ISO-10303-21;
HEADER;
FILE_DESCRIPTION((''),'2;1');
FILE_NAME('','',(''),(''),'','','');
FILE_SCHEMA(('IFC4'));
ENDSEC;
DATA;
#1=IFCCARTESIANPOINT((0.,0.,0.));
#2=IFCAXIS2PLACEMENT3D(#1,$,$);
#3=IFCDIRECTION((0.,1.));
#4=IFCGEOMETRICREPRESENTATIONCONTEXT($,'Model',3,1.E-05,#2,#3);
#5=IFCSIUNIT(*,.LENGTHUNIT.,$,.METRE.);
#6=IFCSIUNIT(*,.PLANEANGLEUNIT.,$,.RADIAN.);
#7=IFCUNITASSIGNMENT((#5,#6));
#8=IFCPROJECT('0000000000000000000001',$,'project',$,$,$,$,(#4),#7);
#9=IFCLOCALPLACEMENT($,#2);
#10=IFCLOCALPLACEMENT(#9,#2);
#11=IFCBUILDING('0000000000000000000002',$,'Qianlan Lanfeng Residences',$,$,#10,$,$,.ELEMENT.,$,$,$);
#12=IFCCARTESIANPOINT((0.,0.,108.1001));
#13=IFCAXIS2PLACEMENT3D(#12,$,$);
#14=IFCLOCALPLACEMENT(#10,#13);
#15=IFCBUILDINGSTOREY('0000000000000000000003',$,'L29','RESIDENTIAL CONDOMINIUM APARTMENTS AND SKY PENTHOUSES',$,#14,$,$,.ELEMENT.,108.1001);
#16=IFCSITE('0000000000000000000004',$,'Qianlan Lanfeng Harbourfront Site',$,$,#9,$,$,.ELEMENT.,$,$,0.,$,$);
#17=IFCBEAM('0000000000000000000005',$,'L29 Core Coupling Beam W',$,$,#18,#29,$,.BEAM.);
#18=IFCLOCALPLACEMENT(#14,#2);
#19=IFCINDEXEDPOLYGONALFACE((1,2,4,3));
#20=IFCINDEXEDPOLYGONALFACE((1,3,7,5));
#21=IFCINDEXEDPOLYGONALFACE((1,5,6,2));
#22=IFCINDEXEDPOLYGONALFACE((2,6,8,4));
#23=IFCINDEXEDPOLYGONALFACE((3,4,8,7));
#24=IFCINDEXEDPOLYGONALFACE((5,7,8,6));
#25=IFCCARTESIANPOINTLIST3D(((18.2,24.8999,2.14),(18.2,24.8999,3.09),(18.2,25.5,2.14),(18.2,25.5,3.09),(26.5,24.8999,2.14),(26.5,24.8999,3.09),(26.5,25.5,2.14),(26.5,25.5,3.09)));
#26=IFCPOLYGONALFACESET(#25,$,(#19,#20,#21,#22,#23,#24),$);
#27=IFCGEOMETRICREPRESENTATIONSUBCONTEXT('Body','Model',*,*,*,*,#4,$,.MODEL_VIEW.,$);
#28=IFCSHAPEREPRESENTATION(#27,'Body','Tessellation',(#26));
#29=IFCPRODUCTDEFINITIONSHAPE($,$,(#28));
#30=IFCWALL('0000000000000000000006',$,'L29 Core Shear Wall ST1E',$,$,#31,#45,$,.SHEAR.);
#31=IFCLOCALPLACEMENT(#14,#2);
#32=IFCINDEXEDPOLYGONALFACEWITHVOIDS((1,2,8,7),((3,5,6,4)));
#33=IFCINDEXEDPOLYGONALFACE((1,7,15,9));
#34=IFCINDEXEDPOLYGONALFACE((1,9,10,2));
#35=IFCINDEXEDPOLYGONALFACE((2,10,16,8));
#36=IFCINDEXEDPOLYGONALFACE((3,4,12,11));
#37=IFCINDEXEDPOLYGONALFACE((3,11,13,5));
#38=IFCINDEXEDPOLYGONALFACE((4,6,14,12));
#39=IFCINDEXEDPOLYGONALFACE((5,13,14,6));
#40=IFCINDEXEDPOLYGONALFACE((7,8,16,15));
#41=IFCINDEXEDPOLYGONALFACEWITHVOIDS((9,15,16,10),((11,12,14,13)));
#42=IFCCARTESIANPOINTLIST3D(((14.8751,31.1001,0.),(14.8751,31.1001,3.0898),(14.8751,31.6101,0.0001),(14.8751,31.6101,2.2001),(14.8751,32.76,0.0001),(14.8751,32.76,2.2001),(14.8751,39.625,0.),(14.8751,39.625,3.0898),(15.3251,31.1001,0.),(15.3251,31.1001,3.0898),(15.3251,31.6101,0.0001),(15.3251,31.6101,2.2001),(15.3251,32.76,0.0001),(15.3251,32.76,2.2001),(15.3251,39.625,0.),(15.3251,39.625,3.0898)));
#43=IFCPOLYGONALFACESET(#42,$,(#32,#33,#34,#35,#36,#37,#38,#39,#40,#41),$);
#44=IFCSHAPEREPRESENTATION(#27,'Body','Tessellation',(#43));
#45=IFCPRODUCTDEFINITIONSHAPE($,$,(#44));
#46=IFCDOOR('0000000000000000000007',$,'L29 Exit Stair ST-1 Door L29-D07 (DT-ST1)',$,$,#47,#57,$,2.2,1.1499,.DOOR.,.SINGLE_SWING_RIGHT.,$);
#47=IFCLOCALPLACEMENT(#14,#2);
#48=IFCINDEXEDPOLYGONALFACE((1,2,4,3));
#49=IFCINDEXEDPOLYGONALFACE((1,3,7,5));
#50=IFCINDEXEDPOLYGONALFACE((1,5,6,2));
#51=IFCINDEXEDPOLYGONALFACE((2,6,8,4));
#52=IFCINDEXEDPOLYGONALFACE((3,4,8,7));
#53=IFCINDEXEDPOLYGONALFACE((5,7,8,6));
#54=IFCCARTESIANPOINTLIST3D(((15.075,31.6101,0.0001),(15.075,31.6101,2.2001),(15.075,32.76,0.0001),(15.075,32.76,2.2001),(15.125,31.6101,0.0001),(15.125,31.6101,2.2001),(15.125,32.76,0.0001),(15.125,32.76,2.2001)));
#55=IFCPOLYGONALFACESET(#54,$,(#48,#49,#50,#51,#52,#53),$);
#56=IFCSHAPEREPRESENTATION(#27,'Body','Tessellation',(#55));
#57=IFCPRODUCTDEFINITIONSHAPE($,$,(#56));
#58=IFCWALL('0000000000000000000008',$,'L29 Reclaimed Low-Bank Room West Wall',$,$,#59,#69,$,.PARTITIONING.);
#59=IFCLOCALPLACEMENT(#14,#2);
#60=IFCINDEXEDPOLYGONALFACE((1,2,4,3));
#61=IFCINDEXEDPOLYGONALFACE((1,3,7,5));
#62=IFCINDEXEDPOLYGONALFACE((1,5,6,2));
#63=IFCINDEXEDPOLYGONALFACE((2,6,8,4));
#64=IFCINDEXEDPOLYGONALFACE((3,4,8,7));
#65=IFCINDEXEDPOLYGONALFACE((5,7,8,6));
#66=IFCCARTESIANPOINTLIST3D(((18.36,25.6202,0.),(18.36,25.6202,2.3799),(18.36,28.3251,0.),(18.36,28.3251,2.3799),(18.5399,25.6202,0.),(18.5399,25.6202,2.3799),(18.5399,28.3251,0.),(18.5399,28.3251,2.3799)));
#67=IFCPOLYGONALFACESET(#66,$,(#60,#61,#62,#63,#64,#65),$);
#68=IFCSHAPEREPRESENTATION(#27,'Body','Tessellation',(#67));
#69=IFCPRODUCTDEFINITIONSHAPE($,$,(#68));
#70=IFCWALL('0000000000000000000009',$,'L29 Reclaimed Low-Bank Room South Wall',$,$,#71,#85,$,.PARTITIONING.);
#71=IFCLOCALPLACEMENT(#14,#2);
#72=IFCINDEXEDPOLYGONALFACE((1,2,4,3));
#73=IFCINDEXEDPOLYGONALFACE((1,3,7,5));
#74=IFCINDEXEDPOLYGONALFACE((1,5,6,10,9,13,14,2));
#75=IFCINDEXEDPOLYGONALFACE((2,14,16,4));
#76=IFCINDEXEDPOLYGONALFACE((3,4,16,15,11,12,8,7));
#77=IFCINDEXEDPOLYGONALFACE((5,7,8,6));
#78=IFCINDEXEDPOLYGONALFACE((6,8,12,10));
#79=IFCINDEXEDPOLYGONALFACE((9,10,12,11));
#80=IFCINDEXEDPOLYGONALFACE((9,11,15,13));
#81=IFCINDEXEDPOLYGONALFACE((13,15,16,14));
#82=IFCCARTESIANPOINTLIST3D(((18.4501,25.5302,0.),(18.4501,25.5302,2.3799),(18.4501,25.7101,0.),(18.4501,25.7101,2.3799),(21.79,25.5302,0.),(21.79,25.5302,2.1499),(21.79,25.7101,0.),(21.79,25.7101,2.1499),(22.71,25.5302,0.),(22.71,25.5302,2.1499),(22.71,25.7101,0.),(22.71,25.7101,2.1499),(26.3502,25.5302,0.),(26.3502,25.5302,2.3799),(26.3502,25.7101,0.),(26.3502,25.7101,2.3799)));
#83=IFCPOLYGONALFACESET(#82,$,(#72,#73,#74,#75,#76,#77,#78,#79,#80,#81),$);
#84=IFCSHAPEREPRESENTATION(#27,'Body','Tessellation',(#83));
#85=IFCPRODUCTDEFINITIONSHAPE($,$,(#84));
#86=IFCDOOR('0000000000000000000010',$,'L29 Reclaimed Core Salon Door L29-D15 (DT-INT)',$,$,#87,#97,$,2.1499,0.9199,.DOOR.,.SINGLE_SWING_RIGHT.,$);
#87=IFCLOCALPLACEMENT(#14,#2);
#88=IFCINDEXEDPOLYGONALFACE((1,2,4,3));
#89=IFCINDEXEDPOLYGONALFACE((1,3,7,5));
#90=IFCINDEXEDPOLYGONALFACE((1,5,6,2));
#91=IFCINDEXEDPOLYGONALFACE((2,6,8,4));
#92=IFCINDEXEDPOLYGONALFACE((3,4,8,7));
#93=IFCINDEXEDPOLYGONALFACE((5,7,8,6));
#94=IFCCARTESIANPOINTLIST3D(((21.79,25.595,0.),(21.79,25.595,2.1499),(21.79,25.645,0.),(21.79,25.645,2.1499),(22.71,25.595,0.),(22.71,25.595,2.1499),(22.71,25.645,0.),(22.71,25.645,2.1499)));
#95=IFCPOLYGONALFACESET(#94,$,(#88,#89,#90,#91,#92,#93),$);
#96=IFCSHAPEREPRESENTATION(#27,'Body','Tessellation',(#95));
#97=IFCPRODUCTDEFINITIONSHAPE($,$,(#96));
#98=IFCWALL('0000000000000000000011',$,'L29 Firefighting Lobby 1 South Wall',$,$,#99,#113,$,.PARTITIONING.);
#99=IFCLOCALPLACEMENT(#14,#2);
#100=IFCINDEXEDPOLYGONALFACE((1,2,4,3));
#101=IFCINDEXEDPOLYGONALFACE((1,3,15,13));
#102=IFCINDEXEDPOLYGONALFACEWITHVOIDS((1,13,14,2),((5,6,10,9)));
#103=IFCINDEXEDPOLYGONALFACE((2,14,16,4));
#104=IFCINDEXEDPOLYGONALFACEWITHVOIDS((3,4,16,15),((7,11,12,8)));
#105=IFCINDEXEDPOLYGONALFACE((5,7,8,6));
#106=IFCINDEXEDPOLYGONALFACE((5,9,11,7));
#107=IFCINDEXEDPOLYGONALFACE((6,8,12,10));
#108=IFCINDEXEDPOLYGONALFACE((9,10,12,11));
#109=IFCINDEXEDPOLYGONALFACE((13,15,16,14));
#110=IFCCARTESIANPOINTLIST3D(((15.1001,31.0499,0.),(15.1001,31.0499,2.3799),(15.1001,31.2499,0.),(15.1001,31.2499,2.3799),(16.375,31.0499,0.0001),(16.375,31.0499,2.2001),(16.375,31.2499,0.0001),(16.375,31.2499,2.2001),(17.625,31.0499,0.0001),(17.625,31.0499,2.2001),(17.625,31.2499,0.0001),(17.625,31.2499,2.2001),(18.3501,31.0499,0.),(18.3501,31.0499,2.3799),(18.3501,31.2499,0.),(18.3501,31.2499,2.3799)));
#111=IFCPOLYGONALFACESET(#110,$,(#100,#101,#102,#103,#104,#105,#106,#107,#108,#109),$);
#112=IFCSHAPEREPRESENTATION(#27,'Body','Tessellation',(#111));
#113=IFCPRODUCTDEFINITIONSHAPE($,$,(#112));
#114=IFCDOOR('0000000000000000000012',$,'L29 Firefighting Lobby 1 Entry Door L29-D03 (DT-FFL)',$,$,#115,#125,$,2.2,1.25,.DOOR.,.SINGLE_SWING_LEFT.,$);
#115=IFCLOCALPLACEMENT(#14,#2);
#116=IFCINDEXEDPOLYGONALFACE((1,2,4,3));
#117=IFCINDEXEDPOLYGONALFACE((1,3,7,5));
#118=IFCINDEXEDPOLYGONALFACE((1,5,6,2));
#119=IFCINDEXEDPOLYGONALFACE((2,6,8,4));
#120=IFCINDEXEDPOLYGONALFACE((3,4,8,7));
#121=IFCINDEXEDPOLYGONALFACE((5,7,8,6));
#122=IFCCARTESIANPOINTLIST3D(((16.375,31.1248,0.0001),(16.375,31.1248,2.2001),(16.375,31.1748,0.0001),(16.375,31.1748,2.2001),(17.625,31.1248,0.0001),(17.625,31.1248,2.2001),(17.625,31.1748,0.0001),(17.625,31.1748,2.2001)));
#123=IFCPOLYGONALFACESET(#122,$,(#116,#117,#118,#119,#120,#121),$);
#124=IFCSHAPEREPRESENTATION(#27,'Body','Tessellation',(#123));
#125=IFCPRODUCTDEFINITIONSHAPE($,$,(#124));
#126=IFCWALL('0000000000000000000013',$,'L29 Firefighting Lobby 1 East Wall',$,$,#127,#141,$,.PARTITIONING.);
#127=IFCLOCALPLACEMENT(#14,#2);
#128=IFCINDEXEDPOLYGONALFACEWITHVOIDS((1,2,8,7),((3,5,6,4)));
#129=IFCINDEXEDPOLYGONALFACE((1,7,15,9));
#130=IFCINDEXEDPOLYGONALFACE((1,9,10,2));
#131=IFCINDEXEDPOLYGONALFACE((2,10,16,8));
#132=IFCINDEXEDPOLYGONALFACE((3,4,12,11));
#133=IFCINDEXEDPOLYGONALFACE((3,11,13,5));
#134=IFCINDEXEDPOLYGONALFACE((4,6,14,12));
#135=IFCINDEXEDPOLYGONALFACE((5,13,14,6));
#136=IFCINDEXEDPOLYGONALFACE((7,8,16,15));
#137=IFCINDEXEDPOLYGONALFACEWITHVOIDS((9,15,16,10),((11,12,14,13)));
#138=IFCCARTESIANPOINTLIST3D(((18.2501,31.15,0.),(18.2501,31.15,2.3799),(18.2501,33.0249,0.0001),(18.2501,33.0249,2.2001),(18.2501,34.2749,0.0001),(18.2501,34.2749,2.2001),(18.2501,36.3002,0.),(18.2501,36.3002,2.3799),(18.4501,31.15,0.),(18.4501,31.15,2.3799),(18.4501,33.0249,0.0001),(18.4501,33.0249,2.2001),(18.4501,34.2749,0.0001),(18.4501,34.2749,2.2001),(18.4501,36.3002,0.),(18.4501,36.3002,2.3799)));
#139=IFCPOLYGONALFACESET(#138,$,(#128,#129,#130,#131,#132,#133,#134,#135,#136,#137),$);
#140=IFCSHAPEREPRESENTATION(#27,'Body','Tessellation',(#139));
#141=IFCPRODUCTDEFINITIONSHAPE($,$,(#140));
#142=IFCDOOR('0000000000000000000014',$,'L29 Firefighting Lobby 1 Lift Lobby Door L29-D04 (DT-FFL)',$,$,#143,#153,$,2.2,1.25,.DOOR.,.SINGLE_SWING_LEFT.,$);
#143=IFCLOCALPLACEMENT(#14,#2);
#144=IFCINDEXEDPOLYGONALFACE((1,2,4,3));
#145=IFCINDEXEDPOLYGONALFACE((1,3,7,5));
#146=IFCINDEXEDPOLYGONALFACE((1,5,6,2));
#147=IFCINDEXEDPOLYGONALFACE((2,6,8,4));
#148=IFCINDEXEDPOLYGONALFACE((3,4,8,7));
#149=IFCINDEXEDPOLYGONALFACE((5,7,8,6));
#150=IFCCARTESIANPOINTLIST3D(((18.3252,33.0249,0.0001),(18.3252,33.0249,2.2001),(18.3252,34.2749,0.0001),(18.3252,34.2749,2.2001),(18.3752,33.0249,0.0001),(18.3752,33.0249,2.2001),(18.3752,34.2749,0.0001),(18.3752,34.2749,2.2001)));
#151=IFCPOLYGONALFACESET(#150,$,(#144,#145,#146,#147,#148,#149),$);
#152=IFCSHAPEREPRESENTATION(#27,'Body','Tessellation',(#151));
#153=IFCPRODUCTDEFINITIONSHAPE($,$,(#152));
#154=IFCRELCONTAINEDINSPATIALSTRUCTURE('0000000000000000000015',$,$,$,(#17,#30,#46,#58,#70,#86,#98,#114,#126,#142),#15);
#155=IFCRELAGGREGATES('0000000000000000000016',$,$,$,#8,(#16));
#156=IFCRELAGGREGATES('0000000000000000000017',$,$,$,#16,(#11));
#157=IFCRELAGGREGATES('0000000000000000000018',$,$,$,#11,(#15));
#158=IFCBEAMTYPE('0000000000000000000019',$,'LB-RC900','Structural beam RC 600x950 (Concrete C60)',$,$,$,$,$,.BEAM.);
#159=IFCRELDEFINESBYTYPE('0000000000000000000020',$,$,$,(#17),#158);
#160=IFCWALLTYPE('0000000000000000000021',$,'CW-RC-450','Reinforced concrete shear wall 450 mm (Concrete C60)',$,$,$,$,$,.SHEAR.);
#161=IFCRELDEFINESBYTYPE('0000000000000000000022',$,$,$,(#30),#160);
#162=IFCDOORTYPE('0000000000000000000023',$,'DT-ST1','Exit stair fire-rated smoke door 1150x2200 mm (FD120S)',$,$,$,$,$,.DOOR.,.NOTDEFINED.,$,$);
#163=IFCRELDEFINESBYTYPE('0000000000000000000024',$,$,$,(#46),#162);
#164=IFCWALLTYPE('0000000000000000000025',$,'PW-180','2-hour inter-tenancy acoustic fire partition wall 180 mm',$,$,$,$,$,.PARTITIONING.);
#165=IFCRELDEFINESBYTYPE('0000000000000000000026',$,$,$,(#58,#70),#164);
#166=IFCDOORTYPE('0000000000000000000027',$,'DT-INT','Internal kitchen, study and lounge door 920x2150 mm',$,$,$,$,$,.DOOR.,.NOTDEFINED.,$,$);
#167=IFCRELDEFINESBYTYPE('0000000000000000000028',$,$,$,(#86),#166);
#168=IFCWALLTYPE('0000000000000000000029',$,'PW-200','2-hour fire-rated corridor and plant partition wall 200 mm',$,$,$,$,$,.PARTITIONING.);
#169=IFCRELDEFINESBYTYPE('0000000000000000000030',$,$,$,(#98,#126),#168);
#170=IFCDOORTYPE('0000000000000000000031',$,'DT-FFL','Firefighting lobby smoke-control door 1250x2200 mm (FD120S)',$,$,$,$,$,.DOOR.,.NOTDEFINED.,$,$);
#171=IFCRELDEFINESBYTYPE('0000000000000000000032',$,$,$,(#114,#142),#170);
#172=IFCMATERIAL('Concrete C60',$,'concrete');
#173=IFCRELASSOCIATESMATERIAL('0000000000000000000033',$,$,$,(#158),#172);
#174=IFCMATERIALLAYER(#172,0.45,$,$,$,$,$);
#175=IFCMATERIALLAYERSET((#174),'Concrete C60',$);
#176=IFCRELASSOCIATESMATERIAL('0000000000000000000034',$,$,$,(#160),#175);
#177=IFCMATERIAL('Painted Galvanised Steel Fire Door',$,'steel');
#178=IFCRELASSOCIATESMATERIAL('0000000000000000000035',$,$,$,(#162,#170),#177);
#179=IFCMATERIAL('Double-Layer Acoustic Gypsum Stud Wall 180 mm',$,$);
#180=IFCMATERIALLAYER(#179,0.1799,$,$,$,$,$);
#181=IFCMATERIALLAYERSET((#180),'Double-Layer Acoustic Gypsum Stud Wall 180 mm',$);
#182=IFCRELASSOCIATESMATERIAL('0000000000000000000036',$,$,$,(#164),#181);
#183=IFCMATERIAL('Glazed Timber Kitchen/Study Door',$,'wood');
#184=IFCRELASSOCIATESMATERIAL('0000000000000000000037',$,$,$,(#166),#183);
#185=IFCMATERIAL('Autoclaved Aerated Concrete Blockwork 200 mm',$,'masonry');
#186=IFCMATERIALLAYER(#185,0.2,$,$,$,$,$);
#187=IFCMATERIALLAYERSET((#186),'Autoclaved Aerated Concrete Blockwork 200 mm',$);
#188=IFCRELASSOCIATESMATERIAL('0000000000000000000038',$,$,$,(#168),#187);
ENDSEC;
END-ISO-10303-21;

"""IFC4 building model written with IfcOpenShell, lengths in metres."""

from ifc_helpers import new_model, si_unit, direction, frame, frame_2d, origin, origin_2d, place, context, subcontext, project, spatial, rectangle, extrude, material, layer, layer_set, material_profile, profile_set, type_object, element, fill, save


model = new_model("IFC4")

# Units and contexts
model_context = context("Model", 3, precision=1e-05, world=origin(), true_north=direction((0.0, 1.0)))
body_context = subcontext(model_context, "Body", "Model", "MODEL_VIEW")
ifc_project = project(units=[si_unit("LENGTHUNIT", "METRE"), si_unit("PLANEANGLEUNIT", "RADIAN")], contexts=[model_context])

# Site, building, storey
site_placement = place(None, origin())
site = spatial("IfcSite", under=ifc_project, at=site_placement, Name="Qianlan Lanfeng Harbourfront Site", CompositionType="ELEMENT", RefElevation=0.0)
building_placement = place(site_placement, origin())
building = spatial("IfcBuilding", under=site, at=building_placement, Name="Qianlan Lanfeng Residences", CompositionType="ELEMENT")
storey_placement = place(building_placement, frame((0.0, 0.0, 108.1001)))
storey = spatial("IfcBuildingStorey", under=building, at=storey_placement, Name="L29", Description="RESIDENTIAL CONDOMINIUM APARTMENTS AND SKY PENTHOUSES", CompositionType="ELEMENT", Elevation=108.1001)

# Beam
ifc_material_1 = material(Name="Concrete C60", Category="concrete")
ifc_material_profile = material_profile(ifc_material_1, rectangle(XDim=0.6001, YDim=0.95, at=origin_2d()), Name="RC 600x950")
ifc_profile_set = profile_set([ifc_material_profile], Name="Concrete C60")
beam_type = type_object("IfcBeamType", Name="LB-RC900", Description="Structural beam RC 600x950 (Concrete C60)", PredefinedType="BEAM", material=ifc_profile_set)
beam_placement = place(storey_placement, frame((18.2, 25.2, 2.615), z_axis=(1.0, 0.0, 0.0), x_axis=(0.0, 1.0, 0.0)))
element("IfcBeam", 1, at=beam_placement, inside=storey, type_object=beam_type, Name="L29 Core Coupling Beam W", PredefinedType="BEAM", context=body_context, shape_type="SweptSolid", body=[
    extrude(rectangle(XDim=0.6001, YDim=0.95, at=origin_2d()), origin(), (0.0, 0.0, 1.0), 8.3),
])

# Wall, opening, door
ifc_layer_1 = layer(ifc_material_1, 0.45)
ifc_layer_set_1 = layer_set([ifc_layer_1], Name="Concrete C60")
wall_type_1 = type_object("IfcWallType", Name="CW-RC-450", Description="Reinforced concrete shear wall 450 mm (Concrete C60)", PredefinedType="SHEAR", material=ifc_layer_set_1)
wall_1_placement = place(storey_placement, frame((15.1001, 31.1001, 0.0), z_axis=(0.0, 0.0, 1.0), x_axis=(0.0, 1.0, 0.0)))
wall_1 = element("IfcWall", 2, at=wall_1_placement, inside=storey, type_object=wall_type_1, Name="L29 Core Shear Wall ST1E", PredefinedType="SHEAR", context=body_context, shape_type="SweptSolid", body=[
    extrude(rectangle(XDim=8.5249, YDim=0.45, at=frame_2d((4.2625, 0.0))), origin(), (0.0, 0.0, 1.0), 3.0898),
])
opening_1_placement = place(wall_1_placement, frame((0.51, 0.0, 0.0)))
opening_1 = element("IfcOpeningElement", 3, at=opening_1_placement, cuts=wall_1, PredefinedType="OPENING", context=body_context, shape_type="SweptSolid", body=[
    extrude(rectangle(XDim=1.1499, YDim=2.2, at=frame_2d((0.575, 1.1001))), frame((0.0, 0.2349, 0.0), z_axis=(0.0, -1.0, 0.0), x_axis=(1.0, 0.0, 0.0)), (0.0, 0.0, 1.0), 0.47),
])
ifc_material_2 = material(Name="Painted Galvanised Steel Fire Door", Category="steel")
door_type_1 = type_object("IfcDoorType", Name="DT-ST1", Description="Exit stair fire-rated smoke door 1150x2200 mm (FD120S)", OperationType="NOTDEFINED", PredefinedType="DOOR", material=ifc_material_2)
door_1_placement = place(opening_1_placement, frame((1.1499, 0.0, 0.0), z_axis=(0.0, 0.0, 1.0), x_axis=(-1.0, 0.0, 0.0)))
door_1 = element("IfcDoor", 4, at=door_1_placement, inside=storey, type_object=door_type_1, Name="L29 Exit Stair ST-1 Door L29-D07 (DT-ST1)", OperationType="SINGLE_SWING_RIGHT", OverallHeight=2.2, OverallWidth=1.1499, PredefinedType="DOOR", context=body_context, shape_type="SweptSolid", body=[
    extrude(rectangle(XDim=1.1499, YDim=2.2, at=frame_2d((0.575, 1.1001))), frame((0.0, 0.0249, 0.0), z_axis=(0.0, -1.0, 0.0), x_axis=(1.0, 0.0, 0.0)), (0.0, 0.0, 1.0), 0.05),
])
fill(opening_1, door_1)

# Shared definitions
ifc_material_3 = material(Name="Double-Layer Acoustic Gypsum Stud Wall 180 mm")
ifc_layer_2 = layer(ifc_material_3, 0.1799)
ifc_layer_set_2 = layer_set([ifc_layer_2], Name="Double-Layer Acoustic Gypsum Stud Wall 180 mm")
wall_type_2 = type_object("IfcWallType", Name="PW-180", Description="2-hour inter-tenancy acoustic fire partition wall 180 mm", PredefinedType="PARTITIONING", material=ifc_layer_set_2)
ifc_material_4 = material(Name="Glazed Timber Kitchen/Study Door", Category="wood")
door_type_2 = type_object("IfcDoorType", Name="DT-INT", Description="Internal kitchen, study and lounge door 920x2150 mm", OperationType="NOTDEFINED", PredefinedType="DOOR", material=ifc_material_4)

# Wall
wall_2_placement = place(storey_placement, frame((18.45, 25.6201, 0.0), z_axis=(0.0, 0.0, 1.0), x_axis=(0.0, 1.0, 0.0)))
element("IfcWall", 5, at=wall_2_placement, inside=storey, type_object=wall_type_2, Name="L29 Reclaimed Low-Bank Room West Wall", PredefinedType="PARTITIONING", context=body_context, shape_type="SweptSolid", body=[
    extrude(rectangle(XDim=2.7048, YDim=0.1799, at=frame_2d((1.3525, 0.0))), origin(), (0.0, 0.0, 1.0), 2.3799),
])

# Walls, openings, doors
wall_3_placement = place(storey_placement, frame((18.45, 25.6201, 0.0), z_axis=(0.0, 0.0, 1.0), x_axis=(1.0, 0.0, 0.0)))
wall_3 = element("IfcWall", 6, at=wall_3_placement, inside=storey, type_object=wall_type_2, Name="L29 Reclaimed Low-Bank Room South Wall", PredefinedType="PARTITIONING", context=body_context, shape_type="SweptSolid", body=[
    extrude(rectangle(XDim=7.9001, YDim=0.1799, at=frame_2d((3.9502, 0.0))), origin(), (0.0, 0.0, 1.0), 2.3799),
])
opening_2_placement = place(wall_3_placement, frame((3.3401, 0.0, 0.0)))
opening_2 = element("IfcOpeningElement", 7, at=opening_2_placement, cuts=wall_3, PredefinedType="OPENING", context=body_context, shape_type="SweptSolid", body=[
    extrude(rectangle(XDim=0.9199, YDim=2.1499, at=frame_2d((0.46, 1.075))), frame((0.0, 0.1001, 0.0), z_axis=(0.0, -1.0, 0.0), x_axis=(1.0, 0.0, 0.0)), (0.0, 0.0, 1.0), 0.2),
])
door_2_placement = place(opening_2_placement, origin())
door_2 = element("IfcDoor", 8, at=door_2_placement, inside=storey, type_object=door_type_2, Name="L29 Reclaimed Core Salon Door L29-D15 (DT-INT)", OperationType="SINGLE_SWING_RIGHT", OverallHeight=2.1499, OverallWidth=0.9199, PredefinedType="DOOR", context=body_context, shape_type="SweptSolid", body=[
    extrude(rectangle(XDim=0.9199, YDim=2.1499, at=frame_2d((0.46, 1.075))), frame((0.0, 0.0249, 0.0), z_axis=(0.0, -1.0, 0.0), x_axis=(1.0, 0.0, 0.0)), (0.0, 0.0, 1.0), 0.05),
])
fill(opening_2, door_2)
ifc_material_5 = material(Name="Autoclaved Aerated Concrete Blockwork 200 mm", Category="masonry")
ifc_layer_3 = layer(ifc_material_5, 0.2)
ifc_layer_set_3 = layer_set([ifc_layer_3], Name="Autoclaved Aerated Concrete Blockwork 200 mm")
wall_type_3 = type_object("IfcWallType", Name="PW-200", Description="2-hour fire-rated corridor and plant partition wall 200 mm", PredefinedType="PARTITIONING", material=ifc_layer_set_3)
wall_4_placement = place(storey_placement, frame((15.1001, 31.1499, 0.0), z_axis=(0.0, 0.0, 1.0), x_axis=(1.0, 0.0, 0.0)))
wall_4 = element("IfcWall", 9, at=wall_4_placement, inside=storey, type_object=wall_type_3, Name="L29 Firefighting Lobby 1 South Wall", PredefinedType="PARTITIONING", context=body_context, shape_type="SweptSolid", body=[
    extrude(rectangle(XDim=3.25, YDim=0.2, at=frame_2d((1.625, 0.0))), origin(), (0.0, 0.0, 1.0), 2.3799),
])
opening_3_placement = place(wall_4_placement, frame((1.2749, 0.0, 0.0)))
opening_3 = element("IfcOpeningElement", 10, at=opening_3_placement, cuts=wall_4, PredefinedType="OPENING", context=body_context, shape_type="SweptSolid", body=[
    extrude(rectangle(XDim=1.25, YDim=2.2, at=frame_2d((0.625, 1.1001))), frame((0.0, 0.1099, 0.0), z_axis=(0.0, -1.0, 0.0), x_axis=(1.0, 0.0, 0.0)), (0.0, 0.0, 1.0), 0.22),
])
door_type_3 = type_object("IfcDoorType", Name="DT-FFL", Description="Firefighting lobby smoke-control door 1250x2200 mm (FD120S)", OperationType="NOTDEFINED", PredefinedType="DOOR", material=ifc_material_2)
door_3_placement = place(opening_3_placement, origin())
door_3 = element("IfcDoor", 11, at=door_3_placement, inside=storey, type_object=door_type_3, Name="L29 Firefighting Lobby 1 Entry Door L29-D03 (DT-FFL)", OperationType="SINGLE_SWING_LEFT", OverallHeight=2.2, OverallWidth=1.25, PredefinedType="DOOR", context=body_context, shape_type="SweptSolid", body=[
    extrude(rectangle(XDim=1.25, YDim=2.2, at=frame_2d((0.625, 1.1001))), frame((0.0, 0.0249, 0.0), z_axis=(0.0, -1.0, 0.0), x_axis=(1.0, 0.0, 0.0)), (0.0, 0.0, 1.0), 0.05),
])
fill(opening_3, door_3)
wall_5_placement = place(storey_placement, frame((18.3501, 31.1499, 0.0), z_axis=(0.0, 0.0, 1.0), x_axis=(0.0, 1.0, 0.0)))
wall_5 = element("IfcWall", 12, at=wall_5_placement, inside=storey, type_object=wall_type_3, Name="L29 Firefighting Lobby 1 East Wall", PredefinedType="PARTITIONING", context=body_context, shape_type="SweptSolid", body=[
    extrude(rectangle(XDim=5.1501, YDim=0.2, at=frame_2d((2.5752, 0.0))), origin(), (0.0, 0.0, 1.0), 2.3799),
])
opening_4_placement = place(wall_5_placement, frame((1.875, 0.0, 0.0)))
opening_4 = element("IfcOpeningElement", 13, at=opening_4_placement, cuts=wall_5, PredefinedType="OPENING", context=body_context, shape_type="SweptSolid", body=[
    extrude(rectangle(XDim=1.25, YDim=2.2, at=frame_2d((0.625, 1.1001))), frame((0.0, 0.1099, 0.0), z_axis=(0.0, -1.0, 0.0), x_axis=(1.0, 0.0, 0.0)), (0.0, 0.0, 1.0), 0.22),
])
door_4_placement = place(opening_4_placement, origin())
door_4 = element("IfcDoor", 14, at=door_4_placement, inside=storey, type_object=door_type_3, Name="L29 Firefighting Lobby 1 Lift Lobby Door L29-D04 (DT-FFL)", OperationType="SINGLE_SWING_LEFT", OverallHeight=2.2, OverallWidth=1.25, PredefinedType="DOOR", context=body_context, shape_type="SweptSolid", body=[
    extrude(rectangle(XDim=1.25, YDim=2.2, at=frame_2d((0.625, 1.1001))), frame((0.0, 0.0249, 0.0), z_axis=(0.0, -1.0, 0.0), x_axis=(1.0, 0.0, 0.0)), (0.0, 0.0, 1.0), 0.05),
])
fill(opening_4, door_4)

save(model, "model.ifc")
